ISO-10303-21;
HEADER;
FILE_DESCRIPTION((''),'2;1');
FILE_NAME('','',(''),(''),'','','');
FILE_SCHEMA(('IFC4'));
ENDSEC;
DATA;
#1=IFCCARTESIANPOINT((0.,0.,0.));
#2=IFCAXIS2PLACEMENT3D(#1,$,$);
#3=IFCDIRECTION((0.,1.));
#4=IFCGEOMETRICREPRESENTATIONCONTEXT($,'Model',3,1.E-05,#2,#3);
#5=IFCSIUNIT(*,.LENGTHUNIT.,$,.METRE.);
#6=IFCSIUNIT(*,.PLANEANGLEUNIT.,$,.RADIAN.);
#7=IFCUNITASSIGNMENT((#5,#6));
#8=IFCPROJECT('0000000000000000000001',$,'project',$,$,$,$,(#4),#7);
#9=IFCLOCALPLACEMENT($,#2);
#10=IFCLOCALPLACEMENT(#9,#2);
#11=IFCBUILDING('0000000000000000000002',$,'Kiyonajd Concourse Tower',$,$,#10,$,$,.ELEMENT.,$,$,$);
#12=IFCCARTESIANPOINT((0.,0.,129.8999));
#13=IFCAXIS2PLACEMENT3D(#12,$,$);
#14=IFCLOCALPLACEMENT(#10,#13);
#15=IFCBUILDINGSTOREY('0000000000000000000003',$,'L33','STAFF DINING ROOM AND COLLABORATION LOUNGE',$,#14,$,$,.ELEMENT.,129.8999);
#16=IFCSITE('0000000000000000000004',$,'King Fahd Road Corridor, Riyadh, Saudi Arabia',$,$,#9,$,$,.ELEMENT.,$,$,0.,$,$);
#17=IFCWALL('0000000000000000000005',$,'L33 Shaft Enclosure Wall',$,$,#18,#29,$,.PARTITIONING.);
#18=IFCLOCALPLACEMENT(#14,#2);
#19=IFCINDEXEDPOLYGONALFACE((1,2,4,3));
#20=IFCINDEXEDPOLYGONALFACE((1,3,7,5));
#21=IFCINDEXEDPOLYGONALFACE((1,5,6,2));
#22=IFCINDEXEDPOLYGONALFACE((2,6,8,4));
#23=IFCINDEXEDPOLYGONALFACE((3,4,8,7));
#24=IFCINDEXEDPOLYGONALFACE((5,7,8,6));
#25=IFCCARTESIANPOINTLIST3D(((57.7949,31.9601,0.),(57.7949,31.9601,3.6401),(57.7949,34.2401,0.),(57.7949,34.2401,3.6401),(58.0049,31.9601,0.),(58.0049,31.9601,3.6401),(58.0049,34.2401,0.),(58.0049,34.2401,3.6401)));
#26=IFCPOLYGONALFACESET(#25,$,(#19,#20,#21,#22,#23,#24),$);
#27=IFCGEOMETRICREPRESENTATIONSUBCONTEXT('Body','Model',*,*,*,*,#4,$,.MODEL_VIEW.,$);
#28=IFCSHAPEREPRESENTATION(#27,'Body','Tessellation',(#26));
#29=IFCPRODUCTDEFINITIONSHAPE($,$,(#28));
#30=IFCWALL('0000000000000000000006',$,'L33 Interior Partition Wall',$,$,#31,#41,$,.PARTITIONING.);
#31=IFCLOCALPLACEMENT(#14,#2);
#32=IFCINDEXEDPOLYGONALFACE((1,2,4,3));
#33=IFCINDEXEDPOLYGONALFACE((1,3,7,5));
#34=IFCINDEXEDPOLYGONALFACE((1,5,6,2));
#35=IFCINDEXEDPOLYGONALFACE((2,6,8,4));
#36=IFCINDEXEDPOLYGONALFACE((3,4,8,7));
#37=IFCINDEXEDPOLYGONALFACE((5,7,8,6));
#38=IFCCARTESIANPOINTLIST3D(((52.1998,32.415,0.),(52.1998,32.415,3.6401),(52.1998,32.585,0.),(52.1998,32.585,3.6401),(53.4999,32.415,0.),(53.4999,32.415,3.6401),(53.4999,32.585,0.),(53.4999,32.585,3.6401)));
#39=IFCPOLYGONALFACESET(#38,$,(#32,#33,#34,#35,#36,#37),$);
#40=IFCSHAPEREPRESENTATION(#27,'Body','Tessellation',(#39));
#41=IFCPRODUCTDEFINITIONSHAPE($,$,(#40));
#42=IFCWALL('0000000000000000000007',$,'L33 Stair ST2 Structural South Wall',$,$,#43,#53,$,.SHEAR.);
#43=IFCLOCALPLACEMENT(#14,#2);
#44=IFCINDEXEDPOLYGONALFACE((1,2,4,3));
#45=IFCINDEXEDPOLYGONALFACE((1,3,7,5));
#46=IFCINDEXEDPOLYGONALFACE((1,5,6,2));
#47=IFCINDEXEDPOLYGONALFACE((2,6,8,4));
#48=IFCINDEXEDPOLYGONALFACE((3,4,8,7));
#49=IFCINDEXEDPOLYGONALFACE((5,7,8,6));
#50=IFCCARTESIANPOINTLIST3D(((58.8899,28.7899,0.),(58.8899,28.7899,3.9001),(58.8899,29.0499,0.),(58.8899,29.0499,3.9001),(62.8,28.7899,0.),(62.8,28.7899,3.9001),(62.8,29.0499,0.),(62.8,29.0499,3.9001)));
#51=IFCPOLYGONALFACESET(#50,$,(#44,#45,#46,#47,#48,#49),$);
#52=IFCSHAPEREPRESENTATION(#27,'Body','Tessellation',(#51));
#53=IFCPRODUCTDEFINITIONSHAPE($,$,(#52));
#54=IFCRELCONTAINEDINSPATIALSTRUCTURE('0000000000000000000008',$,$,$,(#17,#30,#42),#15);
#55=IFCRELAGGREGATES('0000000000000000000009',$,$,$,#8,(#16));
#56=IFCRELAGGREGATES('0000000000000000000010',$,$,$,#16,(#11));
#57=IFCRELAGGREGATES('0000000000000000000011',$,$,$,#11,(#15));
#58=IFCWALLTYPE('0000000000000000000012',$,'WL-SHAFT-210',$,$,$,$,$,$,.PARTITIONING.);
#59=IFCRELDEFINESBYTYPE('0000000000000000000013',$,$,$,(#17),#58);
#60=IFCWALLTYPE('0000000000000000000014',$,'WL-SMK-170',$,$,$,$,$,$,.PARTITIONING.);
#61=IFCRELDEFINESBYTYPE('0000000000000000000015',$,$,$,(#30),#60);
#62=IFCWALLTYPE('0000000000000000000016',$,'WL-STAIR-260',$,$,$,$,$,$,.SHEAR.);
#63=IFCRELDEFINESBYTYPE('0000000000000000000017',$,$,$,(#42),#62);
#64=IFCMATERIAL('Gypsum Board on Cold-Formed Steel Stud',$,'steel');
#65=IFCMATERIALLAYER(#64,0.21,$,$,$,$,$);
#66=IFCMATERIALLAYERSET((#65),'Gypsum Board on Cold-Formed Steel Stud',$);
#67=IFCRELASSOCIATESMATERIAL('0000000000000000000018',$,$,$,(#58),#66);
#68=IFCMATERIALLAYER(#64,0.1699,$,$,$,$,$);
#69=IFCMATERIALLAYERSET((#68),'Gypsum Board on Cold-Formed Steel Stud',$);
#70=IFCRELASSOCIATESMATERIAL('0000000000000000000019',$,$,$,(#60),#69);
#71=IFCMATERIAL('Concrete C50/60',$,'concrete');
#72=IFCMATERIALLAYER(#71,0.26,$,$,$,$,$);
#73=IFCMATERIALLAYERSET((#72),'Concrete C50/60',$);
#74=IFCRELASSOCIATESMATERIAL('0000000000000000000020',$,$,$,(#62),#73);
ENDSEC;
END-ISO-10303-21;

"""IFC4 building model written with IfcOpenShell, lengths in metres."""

from ifc_helpers import new_model, si_unit, direction, frame, frame_2d, origin, place, context, subcontext, project, spatial, rectangle, extrude, material, layer, layer_set, type_object, element, save


model = new_model("IFC4")

# Units and contexts
model_context = context("Model", 3, precision=1e-05, world=origin(), true_north=direction((0.0, 1.0)))
body_context = subcontext(model_context, "Body", "Model", "MODEL_VIEW")
ifc_project = project(units=[si_unit("LENGTHUNIT", "METRE"), si_unit("PLANEANGLEUNIT", "RADIAN")], contexts=[model_context])

# Site, building, storey
site_placement = place(None, origin())
site = spatial("IfcSite", under=ifc_project, at=site_placement, Name="King Fahd Road Corridor, Riyadh, Saudi Arabia", CompositionType="ELEMENT", RefElevation=0.0)
building_placement = place(site_placement, origin())
building = spatial("IfcBuilding", under=site, at=building_placement, Name="Kiyonajd Concourse Tower", CompositionType="ELEMENT")
storey_placement = place(building_placement, frame((0.0, 0.0, 129.8999)))
storey = spatial("IfcBuildingStorey", under=building, at=storey_placement, Name="L33", Description="STAFF DINING ROOM AND COLLABORATION LOUNGE", CompositionType="ELEMENT", Elevation=129.8999)

# Shared definitions
ifc_material_1 = material(Name="Concrete C50/60", Category="concrete")

# Shared definitions
ifc_material_2 = material(Name="Gypsum Board on Cold-Formed Steel Stud", Category="steel")
ifc_layer_1 = layer(ifc_material_2, 0.21)
ifc_layer_set_1 = layer_set([ifc_layer_1], Name="Gypsum Board on Cold-Formed Steel Stud")
wall_type_1 = type_object("IfcWallType", Name="WL-SHAFT-210", PredefinedType="PARTITIONING", material=ifc_layer_set_1)

# Walls
for number, where, z_axis, x_axis, name in (
    (1, (57.8999, 31.96, 0.0), (0.0, 0.0, 1.0), (0.0, 1.0, 0.0), "L33 Shaft Enclosure Wall"),
):
    element("IfcWall", number, at=place(storey_placement, frame(where, z_axis=z_axis, x_axis=x_axis)), inside=storey, type_object=wall_type_1, Name=name, PredefinedType="PARTITIONING", context=body_context, shape_type="SweptSolid", body=[
        extrude(rectangle(XDim=2.28, YDim=0.21, at=frame_2d((1.1401, 0.0))), origin(), (0.0, 0.0, 1.0), 3.6401),
    ])
ifc_layer_2 = layer(ifc_material_2, 0.1699)
ifc_layer_set_2 = layer_set([ifc_layer_2], Name="Gypsum Board on Cold-Formed Steel Stud")
wall_type_2 = type_object("IfcWallType", Name="WL-SMK-170", PredefinedType="PARTITIONING", material=ifc_layer_set_2)
wall_1_placement = place(storey_placement, frame((52.2, 32.5, 0.0), z_axis=(0.0, 0.0, 1.0), x_axis=(1.0, 0.0, 0.0)))
element("IfcWall", 2, at=wall_1_placement, inside=storey, type_object=wall_type_2, Name="L33 Interior Partition Wall", PredefinedType="PARTITIONING", context=body_context, shape_type="SweptSolid", body=[
    extrude(rectangle(XDim=1.3, YDim=0.1699, at=frame_2d((0.6499, 0.0))), origin(), (0.0, 0.0, 1.0), 3.6401),
])
ifc_layer_3 = layer(ifc_material_1, 0.26)
ifc_layer_set_3 = layer_set([ifc_layer_3], Name="Concrete C50/60")
wall_type_3 = type_object("IfcWallType", Name="WL-STAIR-260", PredefinedType="SHEAR", material=ifc_layer_set_3)
wall_2_placement = place(storey_placement, frame((58.8899, 28.9199, 0.0), z_axis=(0.0, 0.0, 1.0), x_axis=(1.0, 0.0, 0.0)))
element("IfcWall", 3, at=wall_2_placement, inside=storey, type_object=wall_type_3, Name="L33 Stair ST2 Structural South Wall", PredefinedType="SHEAR", context=body_context, shape_type="SweptSolid", body=[
    extrude(rectangle(XDim=3.9102, YDim=0.26, at=frame_2d((1.9551, 0.0))), origin(), (0.0, 0.0, 1.0), 3.9001),
])

save(model, "model.ifc")
